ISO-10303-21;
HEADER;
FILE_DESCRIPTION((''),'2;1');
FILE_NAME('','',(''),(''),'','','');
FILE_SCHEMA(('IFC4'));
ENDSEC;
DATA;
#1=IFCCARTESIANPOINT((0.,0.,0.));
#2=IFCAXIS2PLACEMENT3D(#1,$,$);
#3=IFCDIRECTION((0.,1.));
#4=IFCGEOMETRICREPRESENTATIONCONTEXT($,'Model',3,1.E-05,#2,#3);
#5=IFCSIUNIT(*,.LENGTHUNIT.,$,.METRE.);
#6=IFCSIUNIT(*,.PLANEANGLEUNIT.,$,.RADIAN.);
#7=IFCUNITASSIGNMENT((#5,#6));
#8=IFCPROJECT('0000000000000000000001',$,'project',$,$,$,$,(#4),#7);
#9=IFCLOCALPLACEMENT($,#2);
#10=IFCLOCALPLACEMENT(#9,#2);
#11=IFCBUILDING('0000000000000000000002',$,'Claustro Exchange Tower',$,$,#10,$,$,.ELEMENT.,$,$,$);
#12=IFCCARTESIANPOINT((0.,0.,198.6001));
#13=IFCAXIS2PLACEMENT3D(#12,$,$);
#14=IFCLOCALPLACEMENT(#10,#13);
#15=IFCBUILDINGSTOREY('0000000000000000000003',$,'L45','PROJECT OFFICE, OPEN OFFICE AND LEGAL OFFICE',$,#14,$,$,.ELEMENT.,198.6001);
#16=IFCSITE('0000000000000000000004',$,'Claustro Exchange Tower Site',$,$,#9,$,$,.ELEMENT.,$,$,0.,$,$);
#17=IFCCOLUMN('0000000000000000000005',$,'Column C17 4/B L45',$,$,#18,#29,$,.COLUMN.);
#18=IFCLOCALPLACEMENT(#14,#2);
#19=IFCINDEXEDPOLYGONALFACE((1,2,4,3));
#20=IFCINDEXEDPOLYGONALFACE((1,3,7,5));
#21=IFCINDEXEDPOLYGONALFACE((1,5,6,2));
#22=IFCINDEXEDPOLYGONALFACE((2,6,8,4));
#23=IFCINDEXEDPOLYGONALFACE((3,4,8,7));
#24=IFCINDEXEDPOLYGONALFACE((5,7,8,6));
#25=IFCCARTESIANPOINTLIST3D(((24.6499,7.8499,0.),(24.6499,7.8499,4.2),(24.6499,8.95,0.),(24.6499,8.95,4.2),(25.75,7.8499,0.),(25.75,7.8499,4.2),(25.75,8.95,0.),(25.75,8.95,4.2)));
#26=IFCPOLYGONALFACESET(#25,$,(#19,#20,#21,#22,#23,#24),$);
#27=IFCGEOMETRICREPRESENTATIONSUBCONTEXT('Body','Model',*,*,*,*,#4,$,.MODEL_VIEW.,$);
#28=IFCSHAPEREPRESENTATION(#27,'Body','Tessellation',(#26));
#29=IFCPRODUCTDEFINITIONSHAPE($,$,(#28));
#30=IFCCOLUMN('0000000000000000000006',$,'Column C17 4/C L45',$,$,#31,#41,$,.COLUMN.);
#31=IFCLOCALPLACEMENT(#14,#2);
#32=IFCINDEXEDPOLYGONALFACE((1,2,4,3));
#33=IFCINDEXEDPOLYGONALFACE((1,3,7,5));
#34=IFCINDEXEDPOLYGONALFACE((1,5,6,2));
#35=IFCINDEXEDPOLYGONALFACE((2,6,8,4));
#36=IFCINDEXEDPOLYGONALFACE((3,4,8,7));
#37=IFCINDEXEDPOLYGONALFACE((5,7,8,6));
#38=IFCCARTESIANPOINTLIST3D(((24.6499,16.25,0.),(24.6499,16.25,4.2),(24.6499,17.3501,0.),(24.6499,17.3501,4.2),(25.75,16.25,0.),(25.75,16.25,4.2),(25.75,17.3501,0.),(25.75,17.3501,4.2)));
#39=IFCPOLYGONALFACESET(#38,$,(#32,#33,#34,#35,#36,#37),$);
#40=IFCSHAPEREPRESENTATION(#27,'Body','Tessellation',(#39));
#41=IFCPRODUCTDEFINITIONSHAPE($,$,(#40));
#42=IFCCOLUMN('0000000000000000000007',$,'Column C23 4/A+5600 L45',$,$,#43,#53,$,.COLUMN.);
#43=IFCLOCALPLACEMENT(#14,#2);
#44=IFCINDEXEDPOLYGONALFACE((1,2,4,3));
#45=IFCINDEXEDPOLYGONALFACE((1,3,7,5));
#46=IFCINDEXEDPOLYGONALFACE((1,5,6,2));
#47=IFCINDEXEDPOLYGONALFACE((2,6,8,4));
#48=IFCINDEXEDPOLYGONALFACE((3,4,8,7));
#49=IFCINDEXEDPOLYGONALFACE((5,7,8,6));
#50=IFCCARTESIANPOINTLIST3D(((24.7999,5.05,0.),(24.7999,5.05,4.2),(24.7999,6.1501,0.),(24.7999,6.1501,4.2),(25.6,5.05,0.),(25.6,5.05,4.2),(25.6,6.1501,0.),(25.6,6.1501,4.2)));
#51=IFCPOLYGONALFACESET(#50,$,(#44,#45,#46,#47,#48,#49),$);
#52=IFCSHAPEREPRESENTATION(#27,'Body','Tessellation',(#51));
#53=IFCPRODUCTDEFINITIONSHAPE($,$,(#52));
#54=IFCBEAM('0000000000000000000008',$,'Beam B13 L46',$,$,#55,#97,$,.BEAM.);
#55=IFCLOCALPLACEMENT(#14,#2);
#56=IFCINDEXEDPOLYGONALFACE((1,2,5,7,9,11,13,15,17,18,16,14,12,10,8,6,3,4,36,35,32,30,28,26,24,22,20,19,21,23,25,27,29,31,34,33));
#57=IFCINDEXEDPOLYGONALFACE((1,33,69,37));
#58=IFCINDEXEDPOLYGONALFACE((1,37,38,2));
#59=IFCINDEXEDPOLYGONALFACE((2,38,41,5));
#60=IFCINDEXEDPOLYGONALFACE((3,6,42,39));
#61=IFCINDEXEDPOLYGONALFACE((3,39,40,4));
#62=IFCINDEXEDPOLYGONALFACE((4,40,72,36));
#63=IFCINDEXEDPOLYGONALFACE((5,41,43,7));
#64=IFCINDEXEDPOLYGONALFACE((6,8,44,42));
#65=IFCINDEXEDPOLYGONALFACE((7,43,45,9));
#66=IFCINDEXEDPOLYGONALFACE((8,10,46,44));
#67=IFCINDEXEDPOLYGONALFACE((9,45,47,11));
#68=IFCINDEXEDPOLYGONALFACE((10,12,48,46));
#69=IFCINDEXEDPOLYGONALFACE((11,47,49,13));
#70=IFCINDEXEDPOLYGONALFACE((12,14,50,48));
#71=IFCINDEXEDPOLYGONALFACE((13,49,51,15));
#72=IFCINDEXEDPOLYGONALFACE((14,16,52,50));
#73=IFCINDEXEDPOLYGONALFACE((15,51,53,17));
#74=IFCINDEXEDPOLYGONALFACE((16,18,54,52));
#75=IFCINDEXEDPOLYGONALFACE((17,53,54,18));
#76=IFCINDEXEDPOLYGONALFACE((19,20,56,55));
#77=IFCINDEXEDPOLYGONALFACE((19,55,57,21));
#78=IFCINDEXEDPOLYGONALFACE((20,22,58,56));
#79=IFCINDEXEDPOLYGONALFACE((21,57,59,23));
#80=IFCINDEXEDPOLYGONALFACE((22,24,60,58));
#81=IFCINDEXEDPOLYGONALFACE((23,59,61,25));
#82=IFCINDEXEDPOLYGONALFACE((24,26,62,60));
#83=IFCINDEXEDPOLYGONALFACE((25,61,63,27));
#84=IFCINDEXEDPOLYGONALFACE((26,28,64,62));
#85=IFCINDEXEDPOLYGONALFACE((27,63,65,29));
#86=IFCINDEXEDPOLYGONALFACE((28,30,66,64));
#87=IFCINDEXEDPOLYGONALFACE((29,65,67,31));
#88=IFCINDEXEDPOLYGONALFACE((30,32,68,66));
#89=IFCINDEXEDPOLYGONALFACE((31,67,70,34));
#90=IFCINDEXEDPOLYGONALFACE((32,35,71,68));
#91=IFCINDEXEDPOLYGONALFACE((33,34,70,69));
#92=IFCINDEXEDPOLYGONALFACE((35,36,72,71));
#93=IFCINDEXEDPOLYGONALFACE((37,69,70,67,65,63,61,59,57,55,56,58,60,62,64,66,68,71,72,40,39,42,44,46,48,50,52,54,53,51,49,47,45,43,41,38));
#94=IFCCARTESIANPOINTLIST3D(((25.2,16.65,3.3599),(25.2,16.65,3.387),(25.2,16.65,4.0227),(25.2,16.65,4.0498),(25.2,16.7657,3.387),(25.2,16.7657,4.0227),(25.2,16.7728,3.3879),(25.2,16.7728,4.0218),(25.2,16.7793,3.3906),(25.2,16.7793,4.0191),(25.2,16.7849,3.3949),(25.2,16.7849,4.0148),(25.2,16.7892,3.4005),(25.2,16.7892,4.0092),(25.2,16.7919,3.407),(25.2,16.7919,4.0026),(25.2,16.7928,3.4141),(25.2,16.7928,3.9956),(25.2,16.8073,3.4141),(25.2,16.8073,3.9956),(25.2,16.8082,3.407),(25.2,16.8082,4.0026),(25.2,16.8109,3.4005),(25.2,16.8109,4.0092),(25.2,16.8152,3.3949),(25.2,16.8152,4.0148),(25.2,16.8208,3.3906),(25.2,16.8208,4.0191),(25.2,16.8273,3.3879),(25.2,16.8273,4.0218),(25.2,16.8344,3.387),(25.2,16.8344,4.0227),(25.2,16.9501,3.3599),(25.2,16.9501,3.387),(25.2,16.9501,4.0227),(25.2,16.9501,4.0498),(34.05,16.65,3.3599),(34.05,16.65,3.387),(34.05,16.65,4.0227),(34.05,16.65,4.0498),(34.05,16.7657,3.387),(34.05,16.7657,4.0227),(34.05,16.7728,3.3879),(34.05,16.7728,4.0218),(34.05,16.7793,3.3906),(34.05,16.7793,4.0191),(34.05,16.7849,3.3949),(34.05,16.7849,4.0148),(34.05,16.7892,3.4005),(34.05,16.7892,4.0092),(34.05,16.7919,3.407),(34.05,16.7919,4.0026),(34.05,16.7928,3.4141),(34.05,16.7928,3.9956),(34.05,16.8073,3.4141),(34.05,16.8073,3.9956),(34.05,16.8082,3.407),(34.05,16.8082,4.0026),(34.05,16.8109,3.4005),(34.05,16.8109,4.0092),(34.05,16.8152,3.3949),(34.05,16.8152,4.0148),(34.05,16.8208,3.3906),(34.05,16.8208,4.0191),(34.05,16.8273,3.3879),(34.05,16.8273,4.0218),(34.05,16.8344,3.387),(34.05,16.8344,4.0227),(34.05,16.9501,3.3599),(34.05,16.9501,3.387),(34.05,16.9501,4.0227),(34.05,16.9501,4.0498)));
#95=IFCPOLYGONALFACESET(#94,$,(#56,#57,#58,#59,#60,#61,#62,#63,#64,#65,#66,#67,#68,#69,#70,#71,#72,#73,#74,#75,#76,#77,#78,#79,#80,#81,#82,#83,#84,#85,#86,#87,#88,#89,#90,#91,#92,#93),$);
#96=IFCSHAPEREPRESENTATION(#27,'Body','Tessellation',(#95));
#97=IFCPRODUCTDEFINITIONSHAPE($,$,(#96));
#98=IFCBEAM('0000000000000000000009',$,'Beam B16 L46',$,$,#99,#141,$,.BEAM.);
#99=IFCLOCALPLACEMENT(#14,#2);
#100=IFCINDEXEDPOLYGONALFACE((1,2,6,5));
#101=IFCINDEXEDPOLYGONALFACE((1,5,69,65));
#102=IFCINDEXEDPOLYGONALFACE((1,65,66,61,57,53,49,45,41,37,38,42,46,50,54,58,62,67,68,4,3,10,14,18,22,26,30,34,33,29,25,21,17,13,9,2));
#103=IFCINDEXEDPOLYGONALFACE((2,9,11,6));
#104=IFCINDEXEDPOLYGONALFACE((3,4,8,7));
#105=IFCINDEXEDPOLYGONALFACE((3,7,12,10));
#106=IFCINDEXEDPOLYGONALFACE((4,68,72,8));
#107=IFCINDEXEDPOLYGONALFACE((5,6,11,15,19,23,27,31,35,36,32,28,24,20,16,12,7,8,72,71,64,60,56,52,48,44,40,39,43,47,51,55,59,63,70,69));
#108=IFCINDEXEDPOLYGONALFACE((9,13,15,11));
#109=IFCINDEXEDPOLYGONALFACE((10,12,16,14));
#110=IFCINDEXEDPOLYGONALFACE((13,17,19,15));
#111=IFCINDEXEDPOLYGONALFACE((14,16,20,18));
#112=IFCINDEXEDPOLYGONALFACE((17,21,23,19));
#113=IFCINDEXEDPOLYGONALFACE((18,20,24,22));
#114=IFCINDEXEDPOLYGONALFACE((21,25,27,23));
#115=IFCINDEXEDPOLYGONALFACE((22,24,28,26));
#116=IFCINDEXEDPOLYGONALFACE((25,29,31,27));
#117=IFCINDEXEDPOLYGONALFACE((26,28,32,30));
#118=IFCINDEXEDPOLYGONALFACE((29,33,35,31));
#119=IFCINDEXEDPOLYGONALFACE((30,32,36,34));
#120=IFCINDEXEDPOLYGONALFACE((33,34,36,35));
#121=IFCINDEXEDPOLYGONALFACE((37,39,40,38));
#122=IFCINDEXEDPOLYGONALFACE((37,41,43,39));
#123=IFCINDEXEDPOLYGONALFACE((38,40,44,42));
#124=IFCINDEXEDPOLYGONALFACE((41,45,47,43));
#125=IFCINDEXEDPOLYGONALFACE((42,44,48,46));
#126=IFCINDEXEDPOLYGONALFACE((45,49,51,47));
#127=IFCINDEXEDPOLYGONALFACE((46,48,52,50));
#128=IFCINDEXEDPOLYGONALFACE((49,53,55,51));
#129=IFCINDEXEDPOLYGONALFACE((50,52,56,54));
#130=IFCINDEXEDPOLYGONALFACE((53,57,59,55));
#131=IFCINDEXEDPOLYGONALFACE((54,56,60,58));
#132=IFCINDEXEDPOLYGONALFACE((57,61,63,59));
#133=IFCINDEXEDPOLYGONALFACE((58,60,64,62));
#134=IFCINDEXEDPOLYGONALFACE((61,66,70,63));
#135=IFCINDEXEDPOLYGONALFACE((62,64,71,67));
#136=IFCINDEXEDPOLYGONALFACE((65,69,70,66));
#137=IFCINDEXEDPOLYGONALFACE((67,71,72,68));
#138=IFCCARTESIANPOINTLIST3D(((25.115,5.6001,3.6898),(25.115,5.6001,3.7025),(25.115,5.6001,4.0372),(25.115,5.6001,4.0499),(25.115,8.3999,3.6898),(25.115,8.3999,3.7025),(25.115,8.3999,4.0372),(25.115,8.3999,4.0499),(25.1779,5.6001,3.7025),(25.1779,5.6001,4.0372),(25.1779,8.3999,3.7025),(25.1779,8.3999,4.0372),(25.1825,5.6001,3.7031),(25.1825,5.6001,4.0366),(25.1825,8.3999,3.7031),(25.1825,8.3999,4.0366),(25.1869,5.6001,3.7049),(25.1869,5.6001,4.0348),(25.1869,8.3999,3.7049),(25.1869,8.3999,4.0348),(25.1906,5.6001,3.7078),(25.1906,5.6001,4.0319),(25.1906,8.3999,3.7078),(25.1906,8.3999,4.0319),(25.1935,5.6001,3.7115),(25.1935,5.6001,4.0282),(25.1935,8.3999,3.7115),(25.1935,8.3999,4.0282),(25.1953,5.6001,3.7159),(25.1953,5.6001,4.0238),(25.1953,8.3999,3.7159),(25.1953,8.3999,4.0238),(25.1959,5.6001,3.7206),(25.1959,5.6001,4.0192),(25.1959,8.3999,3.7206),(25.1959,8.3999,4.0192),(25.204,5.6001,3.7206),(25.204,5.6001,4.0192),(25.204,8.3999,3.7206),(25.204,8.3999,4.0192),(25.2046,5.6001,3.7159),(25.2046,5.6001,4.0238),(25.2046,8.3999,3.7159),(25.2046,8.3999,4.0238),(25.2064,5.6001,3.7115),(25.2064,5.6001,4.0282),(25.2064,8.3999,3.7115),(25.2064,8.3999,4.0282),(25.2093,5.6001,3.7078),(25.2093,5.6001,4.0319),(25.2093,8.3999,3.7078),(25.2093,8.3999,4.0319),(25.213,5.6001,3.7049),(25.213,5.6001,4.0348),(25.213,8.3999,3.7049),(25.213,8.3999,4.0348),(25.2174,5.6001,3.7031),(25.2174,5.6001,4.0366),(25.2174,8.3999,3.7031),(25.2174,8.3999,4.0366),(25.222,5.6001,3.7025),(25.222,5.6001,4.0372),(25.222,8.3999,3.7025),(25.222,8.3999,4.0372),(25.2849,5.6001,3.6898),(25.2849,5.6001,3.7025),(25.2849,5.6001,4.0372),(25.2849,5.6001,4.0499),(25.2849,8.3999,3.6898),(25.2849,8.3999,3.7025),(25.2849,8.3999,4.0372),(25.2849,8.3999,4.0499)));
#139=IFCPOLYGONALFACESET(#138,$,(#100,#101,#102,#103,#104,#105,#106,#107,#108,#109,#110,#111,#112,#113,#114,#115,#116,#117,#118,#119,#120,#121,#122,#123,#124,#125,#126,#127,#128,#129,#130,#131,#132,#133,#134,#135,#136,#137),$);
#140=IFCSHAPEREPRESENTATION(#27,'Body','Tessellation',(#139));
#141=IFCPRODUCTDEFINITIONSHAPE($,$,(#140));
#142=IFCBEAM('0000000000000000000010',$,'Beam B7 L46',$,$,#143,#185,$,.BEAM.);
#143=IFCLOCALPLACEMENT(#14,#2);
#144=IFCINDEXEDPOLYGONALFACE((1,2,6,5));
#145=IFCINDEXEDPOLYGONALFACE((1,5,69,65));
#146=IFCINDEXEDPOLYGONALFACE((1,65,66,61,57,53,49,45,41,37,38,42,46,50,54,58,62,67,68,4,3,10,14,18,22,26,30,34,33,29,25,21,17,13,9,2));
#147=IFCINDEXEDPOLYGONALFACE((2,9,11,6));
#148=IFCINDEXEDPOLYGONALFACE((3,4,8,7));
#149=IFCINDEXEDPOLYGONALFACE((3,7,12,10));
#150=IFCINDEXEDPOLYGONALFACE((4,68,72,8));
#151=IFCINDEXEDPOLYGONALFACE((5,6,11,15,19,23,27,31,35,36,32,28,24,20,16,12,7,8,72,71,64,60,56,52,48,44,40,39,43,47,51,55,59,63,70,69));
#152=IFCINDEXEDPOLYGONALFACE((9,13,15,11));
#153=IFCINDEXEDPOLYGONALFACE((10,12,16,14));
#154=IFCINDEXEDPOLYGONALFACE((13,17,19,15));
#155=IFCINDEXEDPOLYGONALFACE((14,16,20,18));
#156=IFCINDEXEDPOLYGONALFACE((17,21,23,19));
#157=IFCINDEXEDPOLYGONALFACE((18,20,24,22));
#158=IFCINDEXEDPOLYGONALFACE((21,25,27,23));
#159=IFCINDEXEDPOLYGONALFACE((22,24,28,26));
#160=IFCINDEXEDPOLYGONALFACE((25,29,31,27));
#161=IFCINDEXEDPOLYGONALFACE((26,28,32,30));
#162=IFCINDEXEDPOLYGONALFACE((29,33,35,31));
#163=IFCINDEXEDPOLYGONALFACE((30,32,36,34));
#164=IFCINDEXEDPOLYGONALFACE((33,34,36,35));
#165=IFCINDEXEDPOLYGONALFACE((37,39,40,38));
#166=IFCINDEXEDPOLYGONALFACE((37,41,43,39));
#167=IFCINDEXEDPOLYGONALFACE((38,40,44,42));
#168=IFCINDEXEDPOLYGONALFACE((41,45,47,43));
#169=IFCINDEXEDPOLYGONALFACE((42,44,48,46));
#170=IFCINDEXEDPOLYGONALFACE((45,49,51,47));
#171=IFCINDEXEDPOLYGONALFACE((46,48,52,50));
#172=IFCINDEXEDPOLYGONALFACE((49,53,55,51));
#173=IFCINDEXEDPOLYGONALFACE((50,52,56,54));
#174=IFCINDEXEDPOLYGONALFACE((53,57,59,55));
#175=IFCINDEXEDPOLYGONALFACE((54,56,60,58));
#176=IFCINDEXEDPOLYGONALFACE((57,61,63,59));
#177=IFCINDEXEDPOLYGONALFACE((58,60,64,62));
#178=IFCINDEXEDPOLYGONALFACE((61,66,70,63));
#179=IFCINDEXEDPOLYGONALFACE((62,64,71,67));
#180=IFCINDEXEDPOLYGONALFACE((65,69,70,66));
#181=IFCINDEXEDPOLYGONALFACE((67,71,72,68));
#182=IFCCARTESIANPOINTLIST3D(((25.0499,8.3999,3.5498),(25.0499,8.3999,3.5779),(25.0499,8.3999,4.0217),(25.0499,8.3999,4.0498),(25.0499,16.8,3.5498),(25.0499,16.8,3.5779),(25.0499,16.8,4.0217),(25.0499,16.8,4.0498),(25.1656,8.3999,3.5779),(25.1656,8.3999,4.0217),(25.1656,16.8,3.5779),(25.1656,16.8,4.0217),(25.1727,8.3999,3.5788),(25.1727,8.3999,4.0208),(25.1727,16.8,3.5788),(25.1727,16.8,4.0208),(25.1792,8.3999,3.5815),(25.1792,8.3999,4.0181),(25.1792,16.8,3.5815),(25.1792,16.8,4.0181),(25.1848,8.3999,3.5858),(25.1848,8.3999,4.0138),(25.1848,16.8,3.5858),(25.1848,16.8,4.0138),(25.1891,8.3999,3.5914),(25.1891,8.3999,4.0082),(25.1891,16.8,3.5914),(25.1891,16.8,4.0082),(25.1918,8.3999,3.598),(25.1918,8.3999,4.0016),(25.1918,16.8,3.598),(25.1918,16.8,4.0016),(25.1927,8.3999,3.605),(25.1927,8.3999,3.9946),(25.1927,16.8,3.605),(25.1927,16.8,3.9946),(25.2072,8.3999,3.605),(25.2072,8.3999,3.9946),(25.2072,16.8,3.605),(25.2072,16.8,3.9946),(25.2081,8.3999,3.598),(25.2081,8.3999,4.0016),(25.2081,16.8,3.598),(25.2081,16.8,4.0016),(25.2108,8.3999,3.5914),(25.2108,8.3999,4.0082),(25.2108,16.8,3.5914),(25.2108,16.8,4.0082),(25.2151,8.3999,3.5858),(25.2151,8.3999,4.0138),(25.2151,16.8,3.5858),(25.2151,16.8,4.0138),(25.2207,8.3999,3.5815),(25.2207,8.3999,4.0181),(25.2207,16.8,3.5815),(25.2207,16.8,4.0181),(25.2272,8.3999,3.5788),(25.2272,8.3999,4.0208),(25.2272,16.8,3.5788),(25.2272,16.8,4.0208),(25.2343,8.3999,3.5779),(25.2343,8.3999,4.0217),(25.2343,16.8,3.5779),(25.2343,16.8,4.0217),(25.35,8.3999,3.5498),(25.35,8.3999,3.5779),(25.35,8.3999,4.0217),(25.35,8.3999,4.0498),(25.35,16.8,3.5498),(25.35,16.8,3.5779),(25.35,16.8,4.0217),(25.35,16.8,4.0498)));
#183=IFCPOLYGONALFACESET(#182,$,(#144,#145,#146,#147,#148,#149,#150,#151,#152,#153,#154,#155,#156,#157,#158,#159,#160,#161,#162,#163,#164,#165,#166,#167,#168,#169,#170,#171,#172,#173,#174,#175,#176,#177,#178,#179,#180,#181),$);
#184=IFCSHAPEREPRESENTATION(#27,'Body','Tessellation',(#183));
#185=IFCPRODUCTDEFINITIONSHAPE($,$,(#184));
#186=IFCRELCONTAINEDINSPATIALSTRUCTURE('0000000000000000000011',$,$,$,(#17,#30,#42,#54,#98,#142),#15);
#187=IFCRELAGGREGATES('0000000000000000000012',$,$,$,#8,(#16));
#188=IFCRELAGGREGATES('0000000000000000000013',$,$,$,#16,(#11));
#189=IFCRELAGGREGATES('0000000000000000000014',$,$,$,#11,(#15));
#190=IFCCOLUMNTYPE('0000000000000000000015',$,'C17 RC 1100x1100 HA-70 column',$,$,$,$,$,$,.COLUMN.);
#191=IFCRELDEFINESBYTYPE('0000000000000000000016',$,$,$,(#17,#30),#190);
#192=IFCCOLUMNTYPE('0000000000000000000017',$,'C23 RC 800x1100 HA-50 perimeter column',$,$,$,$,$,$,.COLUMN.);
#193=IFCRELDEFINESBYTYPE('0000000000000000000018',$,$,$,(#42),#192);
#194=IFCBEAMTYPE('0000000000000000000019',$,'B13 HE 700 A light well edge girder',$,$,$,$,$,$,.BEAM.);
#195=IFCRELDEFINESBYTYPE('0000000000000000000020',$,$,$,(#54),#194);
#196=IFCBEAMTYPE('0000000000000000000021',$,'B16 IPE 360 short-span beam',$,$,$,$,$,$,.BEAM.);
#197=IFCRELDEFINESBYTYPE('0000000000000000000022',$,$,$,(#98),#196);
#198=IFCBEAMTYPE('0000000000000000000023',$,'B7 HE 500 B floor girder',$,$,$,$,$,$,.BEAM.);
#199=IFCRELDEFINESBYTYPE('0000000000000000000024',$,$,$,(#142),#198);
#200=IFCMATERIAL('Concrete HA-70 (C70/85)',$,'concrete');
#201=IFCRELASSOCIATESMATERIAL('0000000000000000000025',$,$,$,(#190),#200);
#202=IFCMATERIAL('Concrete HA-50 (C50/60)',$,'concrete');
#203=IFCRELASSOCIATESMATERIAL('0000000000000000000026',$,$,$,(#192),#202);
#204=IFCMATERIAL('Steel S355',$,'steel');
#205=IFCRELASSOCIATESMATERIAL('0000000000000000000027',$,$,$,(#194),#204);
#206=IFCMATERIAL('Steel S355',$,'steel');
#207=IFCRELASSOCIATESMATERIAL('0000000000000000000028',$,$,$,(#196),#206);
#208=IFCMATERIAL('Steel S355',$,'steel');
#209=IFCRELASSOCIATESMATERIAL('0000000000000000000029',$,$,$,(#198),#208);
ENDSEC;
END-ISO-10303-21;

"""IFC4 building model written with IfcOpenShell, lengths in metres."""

from ifc_helpers import new_model, si_unit, direction, frame, origin, origin_2d, place, context, subcontext, project, spatial, rectangle, i_section, extrude, material, material_profile, profile_set, type_object, element, save


model = new_model("IFC4")

# Units and contexts
model_context = context("Model", 3, precision=1e-05, world=origin(), true_north=direction((0.0, 1.0)))
body_context = subcontext(model_context, "Body", "Model", "MODEL_VIEW")
ifc_project = project(units=[si_unit("LENGTHUNIT", "METRE"), si_unit("PLANEANGLEUNIT", "RADIAN")], contexts=[model_context])

# Site, building, storey
site_placement = place(None, origin())
site = spatial("IfcSite", under=ifc_project, at=site_placement, Name="Claustro Exchange Tower Site", CompositionType="ELEMENT", RefElevation=0.0)
building_placement = place(site_placement, origin())
building = spatial("IfcBuilding", under=site, at=building_placement, Name="Claustro Exchange Tower", CompositionType="ELEMENT")
storey_placement = place(building_placement, frame((0.0, 0.0, 198.6001)))
storey = spatial("IfcBuildingStorey", under=building, at=storey_placement, Name="L45", Description="PROJECT OFFICE, OPEN OFFICE AND LEGAL OFFICE", CompositionType="ELEMENT", Elevation=198.6001)

# Columns
ifc_material_1 = material(Name="Concrete HA-70 (C70/85)", Category="concrete")
ifc_material_profile_1 = material_profile(ifc_material_1, rectangle(XDim=1.1001, YDim=1.1001, at=origin_2d()), Name="RC 1100x1100")
ifc_profile_set_1 = profile_set([ifc_material_profile_1], Name="Concrete HA-70 (C70/85)")
column_type_1 = type_object("IfcColumnType", Name="C17 RC 1100x1100 HA-70 column", PredefinedType="COLUMN", material=ifc_profile_set_1)
for number, where, z_axis, x_axis, name in (
    (1, (25.2, 8.3999, 0.0), (0.0, 0.0, 1.0), (1.0, 0.0, 0.0), "Column C17 4/B L45"),
    (2, (25.2, 16.8, 0.0), (0.0, 0.0, 1.0), (1.0, 0.0, 0.0), "Column C17 4/C L45"),
):
    element("IfcColumn", number, at=place(storey_placement, frame(where, z_axis=z_axis, x_axis=x_axis)), inside=storey, type_object=column_type_1, Name=name, PredefinedType="COLUMN", context=body_context, shape_type="SweptSolid", body=[
        extrude(rectangle(XDim=1.1001, YDim=1.1001, at=origin_2d()), origin(), (0.0, 0.0, 1.0), 4.2),
    ])
ifc_material_2 = material(Name="Concrete HA-50 (C50/60)", Category="concrete")
ifc_material_profile_2 = material_profile(ifc_material_2, rectangle(XDim=0.8, YDim=1.1001, at=origin_2d()), Name="RC 800x1100")
ifc_profile_set_2 = profile_set([ifc_material_profile_2], Name="Concrete HA-50 (C50/60)")
column_type_2 = type_object("IfcColumnType", Name="C23 RC 800x1100 HA-50 perimeter column", PredefinedType="COLUMN", material=ifc_profile_set_2)
column_placement = place(storey_placement, frame((25.2, 5.6001, 0.0), z_axis=(0.0, 0.0, 1.0), x_axis=(1.0, 0.0, 0.0)))
element("IfcColumn", 3, at=column_placement, inside=storey, type_object=column_type_2, Name="Column C23 4/A+5600 L45", PredefinedType="COLUMN", context=body_context, shape_type="SweptSolid", body=[
    extrude(rectangle(XDim=0.8, YDim=1.1001, at=origin_2d()), origin(), (0.0, 0.0, 1.0), 4.2),
])

# Beams
ifc_material_3 = material(Name="Steel S355", Category="steel")
ifc_material_profile_3 = material_profile(ifc_material_3, i_section(OverallWidth=0.3, OverallDepth=0.6899, WebThickness=0.0144, FlangeThickness=0.0271, FilletRadius=0.0271, at=origin_2d()), Name="HE 700 A")
ifc_profile_set_3 = profile_set([ifc_material_profile_3], Name="Steel S355")
beam_type_1 = type_object("IfcBeamType", Name="B13 HE 700 A light well edge girder", PredefinedType="BEAM", material=ifc_profile_set_3)
beam_1_placement = place(storey_placement, frame((25.2, 16.8, 3.7048), z_axis=(1.0, 0.0, 0.0), x_axis=(0.0, 1.0, 0.0)))
element("IfcBeam", 4, at=beam_1_placement, inside=storey, type_object=beam_type_1, Name="Beam B13 L46", PredefinedType="BEAM", context=body_context, shape_type="SweptSolid", body=[
    extrude(i_section(OverallWidth=0.3, OverallDepth=0.6899, WebThickness=0.0144, FlangeThickness=0.0271, FilletRadius=0.0271, at=origin_2d()), origin(), (0.0, 0.0, 1.0), 8.8501),
])
ifc_material_4 = material(Name="Steel S355", Category="steel")
ifc_material_profile_4 = material_profile(ifc_material_4, i_section(OverallWidth=0.1699, OverallDepth=0.3601, WebThickness=0.0081, FlangeThickness=0.0127, FilletRadius=0.0181, at=origin_2d()), Name="IPE 360")
ifc_profile_set_4 = profile_set([ifc_material_profile_4], Name="Steel S355")
beam_type_2 = type_object("IfcBeamType", Name="B16 IPE 360 short-span beam", PredefinedType="BEAM", material=ifc_profile_set_4)
beam_2_placement = place(storey_placement, frame((25.2, 5.6001, 3.8699), z_axis=(0.0, 1.0, 0.0), x_axis=(-1.0, 0.0, 0.0)))
element("IfcBeam", 5, at=beam_2_placement, inside=storey, type_object=beam_type_2, Name="Beam B16 L46", PredefinedType="BEAM", context=body_context, shape_type="SweptSolid", body=[
    extrude(i_section(OverallWidth=0.1699, OverallDepth=0.3601, WebThickness=0.0081, FlangeThickness=0.0127, FilletRadius=0.0181, at=origin_2d()), origin(), (0.0, 0.0, 1.0), 2.7998),
])
ifc_material_5 = material(Name="Steel S355", Category="steel")
ifc_material_profile_5 = material_profile(ifc_material_5, i_section(OverallWidth=0.3, OverallDepth=0.5, WebThickness=0.0144, FlangeThickness=0.0281, FilletRadius=0.0271, at=origin_2d()), Name="HE 500 B")
ifc_profile_set_5 = profile_set([ifc_material_profile_5], Name="Steel S355")
beam_type_3 = type_object("IfcBeamType", Name="B7 HE 500 B floor girder", PredefinedType="BEAM", material=ifc_profile_set_5)
for number, where, z_axis, x_axis, name in (
    (6, (25.2, 8.3999, 3.7998), (0.0, 1.0, 0.0), (-1.0, 0.0, 0.0), "Beam B7 L46"),
):
    element("IfcBeam", number, at=place(storey_placement, frame(where, z_axis=z_axis, x_axis=x_axis)), inside=storey, type_object=beam_type_3, Name=name, PredefinedType="BEAM", context=body_context, shape_type="SweptSolid", body=[
        extrude(i_section(OverallWidth=0.3, OverallDepth=0.5, WebThickness=0.0144, FlangeThickness=0.0281, FilletRadius=0.0271, at=origin_2d()), origin(), (0.0, 0.0, 1.0), 8.4001),
    ])

save(model, "model.ifc")
